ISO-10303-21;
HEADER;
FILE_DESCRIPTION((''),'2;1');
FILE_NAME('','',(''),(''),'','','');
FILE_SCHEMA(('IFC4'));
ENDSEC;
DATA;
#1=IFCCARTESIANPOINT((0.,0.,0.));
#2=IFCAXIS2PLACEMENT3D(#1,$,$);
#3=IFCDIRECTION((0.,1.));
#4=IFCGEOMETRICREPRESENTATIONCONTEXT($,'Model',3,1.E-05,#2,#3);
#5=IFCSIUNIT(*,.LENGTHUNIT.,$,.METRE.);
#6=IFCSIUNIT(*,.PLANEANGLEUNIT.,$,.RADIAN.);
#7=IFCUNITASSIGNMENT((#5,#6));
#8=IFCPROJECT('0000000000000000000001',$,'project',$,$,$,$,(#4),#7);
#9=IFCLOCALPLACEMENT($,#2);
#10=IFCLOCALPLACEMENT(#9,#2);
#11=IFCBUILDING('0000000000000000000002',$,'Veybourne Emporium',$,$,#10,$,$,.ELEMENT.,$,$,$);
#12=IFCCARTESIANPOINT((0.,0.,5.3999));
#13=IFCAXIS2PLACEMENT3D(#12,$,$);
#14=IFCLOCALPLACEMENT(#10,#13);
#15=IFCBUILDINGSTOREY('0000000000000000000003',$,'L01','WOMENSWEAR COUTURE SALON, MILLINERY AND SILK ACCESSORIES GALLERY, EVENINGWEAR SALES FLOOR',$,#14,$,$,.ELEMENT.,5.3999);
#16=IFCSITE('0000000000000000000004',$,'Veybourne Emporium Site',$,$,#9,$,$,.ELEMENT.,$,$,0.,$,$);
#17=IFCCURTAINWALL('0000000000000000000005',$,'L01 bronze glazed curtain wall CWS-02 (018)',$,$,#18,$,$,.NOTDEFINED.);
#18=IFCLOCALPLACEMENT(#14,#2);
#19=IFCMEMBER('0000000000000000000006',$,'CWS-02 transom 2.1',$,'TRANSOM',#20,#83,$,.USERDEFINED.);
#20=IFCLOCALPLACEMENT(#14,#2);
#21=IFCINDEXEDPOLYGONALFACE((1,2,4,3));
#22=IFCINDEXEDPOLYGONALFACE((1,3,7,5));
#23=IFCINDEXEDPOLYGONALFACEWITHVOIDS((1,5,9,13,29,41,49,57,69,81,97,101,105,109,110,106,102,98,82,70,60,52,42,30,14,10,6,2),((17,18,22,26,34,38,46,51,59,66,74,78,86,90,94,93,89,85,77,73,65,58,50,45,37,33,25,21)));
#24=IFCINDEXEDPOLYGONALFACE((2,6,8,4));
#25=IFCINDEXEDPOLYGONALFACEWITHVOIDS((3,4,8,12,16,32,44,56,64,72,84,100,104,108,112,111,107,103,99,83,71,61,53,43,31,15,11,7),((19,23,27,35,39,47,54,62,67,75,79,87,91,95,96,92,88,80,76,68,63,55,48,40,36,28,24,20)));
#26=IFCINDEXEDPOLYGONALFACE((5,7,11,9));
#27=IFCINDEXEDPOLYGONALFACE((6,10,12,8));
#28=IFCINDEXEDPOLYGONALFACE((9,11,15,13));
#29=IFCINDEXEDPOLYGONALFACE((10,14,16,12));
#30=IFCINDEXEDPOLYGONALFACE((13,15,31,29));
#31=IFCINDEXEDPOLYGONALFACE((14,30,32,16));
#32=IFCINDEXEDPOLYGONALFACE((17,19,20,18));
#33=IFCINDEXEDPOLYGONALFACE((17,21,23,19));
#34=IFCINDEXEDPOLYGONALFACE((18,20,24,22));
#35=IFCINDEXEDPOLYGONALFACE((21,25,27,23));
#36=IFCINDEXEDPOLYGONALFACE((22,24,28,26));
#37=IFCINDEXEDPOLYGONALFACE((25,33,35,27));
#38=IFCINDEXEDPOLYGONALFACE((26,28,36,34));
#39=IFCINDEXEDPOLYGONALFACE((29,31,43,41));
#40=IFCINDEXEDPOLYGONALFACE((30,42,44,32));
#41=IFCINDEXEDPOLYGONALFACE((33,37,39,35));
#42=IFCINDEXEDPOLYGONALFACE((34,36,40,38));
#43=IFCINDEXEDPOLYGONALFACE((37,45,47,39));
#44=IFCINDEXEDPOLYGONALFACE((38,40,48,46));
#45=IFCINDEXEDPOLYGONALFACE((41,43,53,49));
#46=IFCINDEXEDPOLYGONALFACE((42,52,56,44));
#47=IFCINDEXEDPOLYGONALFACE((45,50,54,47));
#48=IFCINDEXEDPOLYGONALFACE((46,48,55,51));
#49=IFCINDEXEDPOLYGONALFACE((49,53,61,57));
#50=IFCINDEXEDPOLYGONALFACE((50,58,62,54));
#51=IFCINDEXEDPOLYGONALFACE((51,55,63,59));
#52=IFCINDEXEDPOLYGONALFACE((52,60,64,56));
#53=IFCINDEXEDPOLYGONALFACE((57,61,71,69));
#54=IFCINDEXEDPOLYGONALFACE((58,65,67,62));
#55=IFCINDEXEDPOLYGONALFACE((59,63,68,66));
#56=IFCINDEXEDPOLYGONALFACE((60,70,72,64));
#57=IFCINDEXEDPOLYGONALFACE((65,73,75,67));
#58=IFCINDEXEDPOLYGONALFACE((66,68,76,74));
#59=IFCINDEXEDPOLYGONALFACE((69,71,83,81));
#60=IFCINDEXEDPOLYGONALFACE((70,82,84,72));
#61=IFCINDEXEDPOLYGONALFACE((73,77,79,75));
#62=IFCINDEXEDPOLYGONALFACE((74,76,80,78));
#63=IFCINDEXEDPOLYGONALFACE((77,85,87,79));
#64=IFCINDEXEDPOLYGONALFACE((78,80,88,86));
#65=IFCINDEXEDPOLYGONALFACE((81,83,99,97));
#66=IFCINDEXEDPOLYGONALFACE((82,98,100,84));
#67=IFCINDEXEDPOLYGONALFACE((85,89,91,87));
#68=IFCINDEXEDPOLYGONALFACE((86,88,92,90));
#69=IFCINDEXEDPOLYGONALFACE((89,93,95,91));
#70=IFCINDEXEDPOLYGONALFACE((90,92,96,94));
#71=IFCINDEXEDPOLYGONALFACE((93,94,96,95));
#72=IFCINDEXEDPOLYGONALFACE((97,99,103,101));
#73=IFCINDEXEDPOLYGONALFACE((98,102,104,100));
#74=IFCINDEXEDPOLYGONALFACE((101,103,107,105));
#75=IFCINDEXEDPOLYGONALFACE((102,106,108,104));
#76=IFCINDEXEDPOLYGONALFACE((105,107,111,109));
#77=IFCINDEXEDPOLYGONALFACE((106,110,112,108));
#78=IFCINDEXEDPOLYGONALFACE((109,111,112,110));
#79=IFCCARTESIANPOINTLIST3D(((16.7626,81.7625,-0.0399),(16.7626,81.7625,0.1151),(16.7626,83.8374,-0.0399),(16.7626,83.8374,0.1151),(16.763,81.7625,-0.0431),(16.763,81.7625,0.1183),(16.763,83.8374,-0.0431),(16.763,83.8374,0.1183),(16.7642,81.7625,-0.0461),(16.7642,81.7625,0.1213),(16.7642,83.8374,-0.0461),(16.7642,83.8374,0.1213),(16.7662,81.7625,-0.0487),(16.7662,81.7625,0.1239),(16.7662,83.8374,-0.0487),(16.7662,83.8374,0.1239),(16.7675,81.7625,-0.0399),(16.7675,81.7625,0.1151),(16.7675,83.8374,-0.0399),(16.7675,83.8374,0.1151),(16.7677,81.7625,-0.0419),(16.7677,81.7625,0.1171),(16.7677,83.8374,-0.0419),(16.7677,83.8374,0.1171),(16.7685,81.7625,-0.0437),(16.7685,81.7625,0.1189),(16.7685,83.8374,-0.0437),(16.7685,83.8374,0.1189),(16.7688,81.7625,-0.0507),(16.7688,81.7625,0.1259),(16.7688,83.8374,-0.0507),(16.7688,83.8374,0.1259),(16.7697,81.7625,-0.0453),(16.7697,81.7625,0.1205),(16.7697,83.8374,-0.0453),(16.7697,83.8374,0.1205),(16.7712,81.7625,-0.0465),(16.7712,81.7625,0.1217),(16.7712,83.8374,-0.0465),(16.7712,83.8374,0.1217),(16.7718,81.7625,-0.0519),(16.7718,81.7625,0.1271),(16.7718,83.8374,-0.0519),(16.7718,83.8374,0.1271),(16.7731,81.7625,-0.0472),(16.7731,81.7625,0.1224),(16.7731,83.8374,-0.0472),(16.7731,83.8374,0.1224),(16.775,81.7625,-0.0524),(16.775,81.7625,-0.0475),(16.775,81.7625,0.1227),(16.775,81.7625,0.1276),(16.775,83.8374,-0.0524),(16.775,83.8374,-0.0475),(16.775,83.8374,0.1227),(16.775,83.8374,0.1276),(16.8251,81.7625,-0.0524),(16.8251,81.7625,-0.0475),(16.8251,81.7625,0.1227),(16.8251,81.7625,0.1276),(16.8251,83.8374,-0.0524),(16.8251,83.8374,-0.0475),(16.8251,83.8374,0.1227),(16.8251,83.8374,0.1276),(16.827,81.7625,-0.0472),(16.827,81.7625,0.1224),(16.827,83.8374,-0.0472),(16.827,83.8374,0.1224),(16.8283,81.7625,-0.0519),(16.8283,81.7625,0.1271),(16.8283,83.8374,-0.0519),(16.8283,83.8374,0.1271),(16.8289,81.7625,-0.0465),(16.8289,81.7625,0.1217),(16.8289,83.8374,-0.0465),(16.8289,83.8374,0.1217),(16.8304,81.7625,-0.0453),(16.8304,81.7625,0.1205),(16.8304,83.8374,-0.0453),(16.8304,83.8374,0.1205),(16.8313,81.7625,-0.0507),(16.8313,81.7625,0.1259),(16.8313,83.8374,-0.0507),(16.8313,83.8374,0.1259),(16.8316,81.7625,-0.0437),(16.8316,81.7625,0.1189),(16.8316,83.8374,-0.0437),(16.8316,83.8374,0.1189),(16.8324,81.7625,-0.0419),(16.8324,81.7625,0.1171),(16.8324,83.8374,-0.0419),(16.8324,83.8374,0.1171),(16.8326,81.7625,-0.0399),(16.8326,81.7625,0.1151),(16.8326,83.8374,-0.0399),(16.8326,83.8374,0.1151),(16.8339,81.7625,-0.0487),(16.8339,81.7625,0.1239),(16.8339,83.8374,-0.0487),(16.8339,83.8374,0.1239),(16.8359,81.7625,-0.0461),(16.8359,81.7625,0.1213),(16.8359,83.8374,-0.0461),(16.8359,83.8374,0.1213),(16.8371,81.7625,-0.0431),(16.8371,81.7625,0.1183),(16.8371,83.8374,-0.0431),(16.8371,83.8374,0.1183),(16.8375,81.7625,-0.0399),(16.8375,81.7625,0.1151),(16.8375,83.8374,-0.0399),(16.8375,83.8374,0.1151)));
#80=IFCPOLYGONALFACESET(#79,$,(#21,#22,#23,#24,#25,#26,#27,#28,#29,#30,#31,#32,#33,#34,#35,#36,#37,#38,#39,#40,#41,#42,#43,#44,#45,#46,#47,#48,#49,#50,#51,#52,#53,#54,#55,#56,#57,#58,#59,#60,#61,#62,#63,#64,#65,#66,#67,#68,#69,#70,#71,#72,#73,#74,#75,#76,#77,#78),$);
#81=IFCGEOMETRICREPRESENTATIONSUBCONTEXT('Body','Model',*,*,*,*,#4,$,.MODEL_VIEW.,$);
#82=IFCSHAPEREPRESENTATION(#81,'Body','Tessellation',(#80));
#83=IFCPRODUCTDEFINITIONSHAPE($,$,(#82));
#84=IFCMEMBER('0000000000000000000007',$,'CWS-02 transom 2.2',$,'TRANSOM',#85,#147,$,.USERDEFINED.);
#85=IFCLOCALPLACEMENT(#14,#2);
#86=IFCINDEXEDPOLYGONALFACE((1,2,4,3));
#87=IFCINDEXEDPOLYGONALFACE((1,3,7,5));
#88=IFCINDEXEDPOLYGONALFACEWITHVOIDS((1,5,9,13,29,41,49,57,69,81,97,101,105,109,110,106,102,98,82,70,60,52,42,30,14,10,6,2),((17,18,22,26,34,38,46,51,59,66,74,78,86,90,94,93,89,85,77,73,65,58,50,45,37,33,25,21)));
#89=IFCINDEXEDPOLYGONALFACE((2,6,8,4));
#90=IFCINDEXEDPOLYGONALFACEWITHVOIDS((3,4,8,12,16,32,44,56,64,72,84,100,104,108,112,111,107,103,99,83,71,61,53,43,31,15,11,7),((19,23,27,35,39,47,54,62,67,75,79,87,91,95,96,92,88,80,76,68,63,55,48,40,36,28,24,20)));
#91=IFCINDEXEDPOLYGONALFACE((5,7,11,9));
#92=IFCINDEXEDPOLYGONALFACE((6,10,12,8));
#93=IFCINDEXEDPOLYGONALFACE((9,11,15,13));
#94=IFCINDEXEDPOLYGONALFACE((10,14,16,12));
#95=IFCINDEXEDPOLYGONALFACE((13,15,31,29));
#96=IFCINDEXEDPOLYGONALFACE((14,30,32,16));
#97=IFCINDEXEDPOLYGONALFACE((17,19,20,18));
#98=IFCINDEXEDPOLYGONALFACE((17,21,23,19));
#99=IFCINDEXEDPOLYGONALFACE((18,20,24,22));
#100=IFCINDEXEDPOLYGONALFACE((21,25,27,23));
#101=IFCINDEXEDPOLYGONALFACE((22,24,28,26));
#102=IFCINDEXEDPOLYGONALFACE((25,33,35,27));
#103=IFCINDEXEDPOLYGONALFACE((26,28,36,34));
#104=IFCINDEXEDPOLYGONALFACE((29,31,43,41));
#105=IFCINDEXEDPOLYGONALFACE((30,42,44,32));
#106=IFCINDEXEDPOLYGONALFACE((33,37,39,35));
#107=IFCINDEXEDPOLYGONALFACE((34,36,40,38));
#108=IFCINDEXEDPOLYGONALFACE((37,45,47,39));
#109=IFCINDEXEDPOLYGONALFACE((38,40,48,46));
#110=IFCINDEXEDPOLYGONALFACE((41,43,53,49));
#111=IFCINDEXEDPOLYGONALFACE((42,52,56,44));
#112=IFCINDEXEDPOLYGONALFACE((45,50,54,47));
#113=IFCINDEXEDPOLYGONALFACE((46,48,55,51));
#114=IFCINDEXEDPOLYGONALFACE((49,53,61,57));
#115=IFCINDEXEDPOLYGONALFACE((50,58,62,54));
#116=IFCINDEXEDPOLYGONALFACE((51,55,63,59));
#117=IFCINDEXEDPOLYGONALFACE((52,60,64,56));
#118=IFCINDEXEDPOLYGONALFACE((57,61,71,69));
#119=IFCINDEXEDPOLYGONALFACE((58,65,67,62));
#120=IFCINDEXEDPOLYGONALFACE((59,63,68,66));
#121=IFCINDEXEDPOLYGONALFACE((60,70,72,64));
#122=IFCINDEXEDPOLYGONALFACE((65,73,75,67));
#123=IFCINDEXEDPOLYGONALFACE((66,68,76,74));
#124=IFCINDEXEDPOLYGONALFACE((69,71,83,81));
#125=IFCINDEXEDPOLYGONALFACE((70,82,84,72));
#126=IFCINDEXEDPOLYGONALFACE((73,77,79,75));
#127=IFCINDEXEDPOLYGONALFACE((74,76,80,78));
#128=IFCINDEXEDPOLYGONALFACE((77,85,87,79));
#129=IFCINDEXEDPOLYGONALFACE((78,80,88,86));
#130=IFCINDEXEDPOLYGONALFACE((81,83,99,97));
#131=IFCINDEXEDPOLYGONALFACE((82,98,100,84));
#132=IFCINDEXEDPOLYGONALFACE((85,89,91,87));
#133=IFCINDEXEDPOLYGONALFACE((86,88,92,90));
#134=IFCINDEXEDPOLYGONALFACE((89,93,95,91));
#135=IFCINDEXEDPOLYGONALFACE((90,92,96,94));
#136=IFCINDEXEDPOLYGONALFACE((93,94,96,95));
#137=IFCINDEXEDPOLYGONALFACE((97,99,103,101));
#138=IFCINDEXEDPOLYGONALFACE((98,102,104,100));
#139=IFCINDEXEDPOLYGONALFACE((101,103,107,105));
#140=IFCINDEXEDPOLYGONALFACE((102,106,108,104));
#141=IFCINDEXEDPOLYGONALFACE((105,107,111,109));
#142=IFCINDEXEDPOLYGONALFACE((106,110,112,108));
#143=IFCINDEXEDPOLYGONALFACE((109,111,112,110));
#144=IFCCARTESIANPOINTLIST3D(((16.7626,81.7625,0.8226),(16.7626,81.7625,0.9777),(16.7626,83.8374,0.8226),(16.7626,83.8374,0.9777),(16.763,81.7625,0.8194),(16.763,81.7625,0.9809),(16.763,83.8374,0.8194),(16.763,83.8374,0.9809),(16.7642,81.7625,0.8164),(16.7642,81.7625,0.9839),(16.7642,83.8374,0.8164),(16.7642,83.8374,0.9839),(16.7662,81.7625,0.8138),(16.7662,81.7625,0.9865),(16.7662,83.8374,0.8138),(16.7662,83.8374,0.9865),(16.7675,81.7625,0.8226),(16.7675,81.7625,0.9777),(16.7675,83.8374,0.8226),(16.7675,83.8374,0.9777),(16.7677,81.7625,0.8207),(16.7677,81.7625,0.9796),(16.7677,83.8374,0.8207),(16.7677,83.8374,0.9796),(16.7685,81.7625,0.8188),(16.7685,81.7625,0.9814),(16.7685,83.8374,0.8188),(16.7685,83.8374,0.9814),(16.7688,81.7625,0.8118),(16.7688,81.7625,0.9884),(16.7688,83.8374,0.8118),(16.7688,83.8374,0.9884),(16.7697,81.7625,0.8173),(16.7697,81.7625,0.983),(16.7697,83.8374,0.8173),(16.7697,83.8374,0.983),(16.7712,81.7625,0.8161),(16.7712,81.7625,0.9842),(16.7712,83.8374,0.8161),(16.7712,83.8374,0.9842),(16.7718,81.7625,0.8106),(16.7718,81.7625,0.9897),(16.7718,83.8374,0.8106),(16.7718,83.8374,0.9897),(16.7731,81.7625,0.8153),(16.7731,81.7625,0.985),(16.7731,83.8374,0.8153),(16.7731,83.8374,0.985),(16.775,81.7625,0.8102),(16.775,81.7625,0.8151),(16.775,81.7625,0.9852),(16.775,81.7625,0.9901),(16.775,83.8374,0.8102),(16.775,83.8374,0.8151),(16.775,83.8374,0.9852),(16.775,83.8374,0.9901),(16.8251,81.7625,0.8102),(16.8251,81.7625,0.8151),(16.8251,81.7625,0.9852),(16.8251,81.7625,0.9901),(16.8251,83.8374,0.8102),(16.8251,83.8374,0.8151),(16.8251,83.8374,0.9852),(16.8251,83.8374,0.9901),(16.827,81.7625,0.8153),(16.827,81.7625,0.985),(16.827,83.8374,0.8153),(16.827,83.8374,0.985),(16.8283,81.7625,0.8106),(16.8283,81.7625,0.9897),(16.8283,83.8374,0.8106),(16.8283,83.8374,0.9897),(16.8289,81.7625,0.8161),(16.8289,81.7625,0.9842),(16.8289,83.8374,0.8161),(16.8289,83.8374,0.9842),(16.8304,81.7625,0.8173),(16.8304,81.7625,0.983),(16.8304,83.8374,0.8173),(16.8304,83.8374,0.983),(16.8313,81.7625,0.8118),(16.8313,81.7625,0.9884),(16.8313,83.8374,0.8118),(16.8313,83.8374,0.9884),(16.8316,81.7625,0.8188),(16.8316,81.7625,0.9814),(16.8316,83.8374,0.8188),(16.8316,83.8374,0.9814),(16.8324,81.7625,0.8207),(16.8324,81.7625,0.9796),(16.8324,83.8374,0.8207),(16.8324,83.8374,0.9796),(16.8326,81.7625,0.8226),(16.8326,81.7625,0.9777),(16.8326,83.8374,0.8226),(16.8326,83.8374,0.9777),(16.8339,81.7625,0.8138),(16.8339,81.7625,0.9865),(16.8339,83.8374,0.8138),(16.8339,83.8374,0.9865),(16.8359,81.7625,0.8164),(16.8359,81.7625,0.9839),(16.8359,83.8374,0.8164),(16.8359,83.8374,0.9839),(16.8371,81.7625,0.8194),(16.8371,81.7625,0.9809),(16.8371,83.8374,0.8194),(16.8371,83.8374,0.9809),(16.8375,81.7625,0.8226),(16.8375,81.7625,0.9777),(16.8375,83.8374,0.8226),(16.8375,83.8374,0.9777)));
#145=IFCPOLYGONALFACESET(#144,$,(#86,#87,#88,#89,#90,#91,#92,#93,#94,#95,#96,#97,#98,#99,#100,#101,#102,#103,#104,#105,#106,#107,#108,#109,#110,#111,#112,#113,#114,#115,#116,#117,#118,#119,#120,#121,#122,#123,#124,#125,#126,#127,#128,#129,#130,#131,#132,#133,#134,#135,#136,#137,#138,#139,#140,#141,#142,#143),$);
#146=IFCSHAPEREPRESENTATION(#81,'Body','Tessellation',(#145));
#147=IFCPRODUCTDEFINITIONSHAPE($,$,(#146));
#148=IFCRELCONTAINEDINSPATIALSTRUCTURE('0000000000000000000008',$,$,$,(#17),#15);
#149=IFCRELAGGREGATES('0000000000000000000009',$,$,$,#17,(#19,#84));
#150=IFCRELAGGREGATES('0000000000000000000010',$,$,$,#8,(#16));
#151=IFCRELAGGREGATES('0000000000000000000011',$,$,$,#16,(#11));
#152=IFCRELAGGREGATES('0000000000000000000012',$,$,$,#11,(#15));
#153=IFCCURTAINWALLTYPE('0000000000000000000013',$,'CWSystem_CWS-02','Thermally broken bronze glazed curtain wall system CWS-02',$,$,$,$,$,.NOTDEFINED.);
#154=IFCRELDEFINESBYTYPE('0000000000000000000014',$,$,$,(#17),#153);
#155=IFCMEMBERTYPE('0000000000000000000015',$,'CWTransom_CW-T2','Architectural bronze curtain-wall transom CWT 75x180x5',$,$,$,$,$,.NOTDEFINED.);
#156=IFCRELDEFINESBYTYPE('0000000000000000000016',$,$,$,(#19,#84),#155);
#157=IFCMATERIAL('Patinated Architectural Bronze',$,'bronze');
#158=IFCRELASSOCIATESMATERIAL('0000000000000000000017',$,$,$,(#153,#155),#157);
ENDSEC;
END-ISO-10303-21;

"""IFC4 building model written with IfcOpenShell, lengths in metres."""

from ifc_helpers import new_model, si_unit, direction, frame, origin, origin_2d, place, context, subcontext, project, spatial, hollow_rectangle, extrude, material, material_profile, profile_set, type_object, element, aggregate, save


model = new_model("IFC4")

# Units and contexts
model_context = context("Model", 3, precision=1e-05, world=origin(), true_north=direction((0.0, 1.0)))
body_context = subcontext(model_context, "Body", "Model", "MODEL_VIEW")
ifc_project = project(units=[si_unit("LENGTHUNIT", "METRE"), si_unit("PLANEANGLEUNIT", "RADIAN")], contexts=[model_context])

# Site, building, storey
site_placement = place(None, origin())
site = spatial("IfcSite", under=ifc_project, at=site_placement, Name="Veybourne Emporium Site", CompositionType="ELEMENT", RefElevation=0.0)
building_placement = place(site_placement, origin())
building = spatial("IfcBuilding", under=site, at=building_placement, Name="Veybourne Emporium", CompositionType="ELEMENT")
storey_placement = place(building_placement, frame((0.0, 0.0, 5.3999)))
storey = spatial("IfcBuildingStorey", under=building, at=storey_placement, Name="L01", Description="WOMENSWEAR COUTURE SALON, MILLINERY AND SILK ACCESSORIES GALLERY, EVENINGWEAR SALES FLOOR", CompositionType="ELEMENT", Elevation=5.3999)

# Curtain wall, members
ifc_material_1 = material(Name="Patinated Architectural Bronze", Category="bronze")
curtain_wall_type = type_object("IfcCurtainWallType", Name="CWSystem_CWS-02", Description="Thermally broken bronze glazed curtain wall system CWS-02", PredefinedType="NOTDEFINED", material=ifc_material_1)
curtain_wall_placement = place(storey_placement, origin())
curtain_wall = element("IfcCurtainWall", 1, at=curtain_wall_placement, inside=storey, type_object=curtain_wall_type, Name="L01 bronze glazed curtain wall CWS-02 (018)", PredefinedType="NOTDEFINED")
ifc_material_profile_1 = material_profile(ifc_material_1, hollow_rectangle(XDim=0.075, YDim=0.1799, WallThickness=0.0049, InnerFilletRadius=0.0076, OuterFilletRadius=0.0125, at=origin_2d()), Name="CWT 75x180x5")
ifc_profile_set_1 = profile_set([ifc_material_profile_1], Name="Patinated Architectural Bronze")
member_type_1 = type_object("IfcMemberType", Name="CWTransom_CW-T2", Description="Architectural bronze curtain-wall transom CWT 75x180x5", PredefinedType="NOTDEFINED", material=ifc_profile_set_1)
member_1_placement = place(storey_placement, frame((16.8, 81.7625, 0.0376), z_axis=(0.0, 1.0, 0.0), x_axis=(-1.0, 0.0, 0.0)))
member_1 = element("IfcMember", 2, at=member_1_placement, type_object=member_type_1, Name="CWS-02 transom 2.1", ObjectType="TRANSOM", PredefinedType="USERDEFINED", context=body_context, shape_type="SweptSolid", body=[
    extrude(hollow_rectangle(XDim=0.075, YDim=0.1799, WallThickness=0.0049, InnerFilletRadius=0.0076, OuterFilletRadius=0.0125, at=origin_2d()), origin(), (0.0, 0.0, 1.0), 2.075),
])
member_2_placement = place(storey_placement, frame((16.8, 81.7625, 0.9001), z_axis=(0.0, 1.0, 0.0), x_axis=(-1.0, 0.0, 0.0)))
member_2 = element("IfcMember", 3, at=member_2_placement, type_object=member_type_1, Name="CWS-02 transom 2.2", ObjectType="TRANSOM", PredefinedType="USERDEFINED", context=body_context, shape_type="SweptSolid", body=[
    extrude(hollow_rectangle(XDim=0.075, YDim=0.1799, WallThickness=0.0049, InnerFilletRadius=0.0076, OuterFilletRadius=0.0125, at=origin_2d()), origin(), (0.0, 0.0, 1.0), 2.075),
])

aggregate(curtain_wall, [member_1, member_2])

save(model, "model.ifc")
